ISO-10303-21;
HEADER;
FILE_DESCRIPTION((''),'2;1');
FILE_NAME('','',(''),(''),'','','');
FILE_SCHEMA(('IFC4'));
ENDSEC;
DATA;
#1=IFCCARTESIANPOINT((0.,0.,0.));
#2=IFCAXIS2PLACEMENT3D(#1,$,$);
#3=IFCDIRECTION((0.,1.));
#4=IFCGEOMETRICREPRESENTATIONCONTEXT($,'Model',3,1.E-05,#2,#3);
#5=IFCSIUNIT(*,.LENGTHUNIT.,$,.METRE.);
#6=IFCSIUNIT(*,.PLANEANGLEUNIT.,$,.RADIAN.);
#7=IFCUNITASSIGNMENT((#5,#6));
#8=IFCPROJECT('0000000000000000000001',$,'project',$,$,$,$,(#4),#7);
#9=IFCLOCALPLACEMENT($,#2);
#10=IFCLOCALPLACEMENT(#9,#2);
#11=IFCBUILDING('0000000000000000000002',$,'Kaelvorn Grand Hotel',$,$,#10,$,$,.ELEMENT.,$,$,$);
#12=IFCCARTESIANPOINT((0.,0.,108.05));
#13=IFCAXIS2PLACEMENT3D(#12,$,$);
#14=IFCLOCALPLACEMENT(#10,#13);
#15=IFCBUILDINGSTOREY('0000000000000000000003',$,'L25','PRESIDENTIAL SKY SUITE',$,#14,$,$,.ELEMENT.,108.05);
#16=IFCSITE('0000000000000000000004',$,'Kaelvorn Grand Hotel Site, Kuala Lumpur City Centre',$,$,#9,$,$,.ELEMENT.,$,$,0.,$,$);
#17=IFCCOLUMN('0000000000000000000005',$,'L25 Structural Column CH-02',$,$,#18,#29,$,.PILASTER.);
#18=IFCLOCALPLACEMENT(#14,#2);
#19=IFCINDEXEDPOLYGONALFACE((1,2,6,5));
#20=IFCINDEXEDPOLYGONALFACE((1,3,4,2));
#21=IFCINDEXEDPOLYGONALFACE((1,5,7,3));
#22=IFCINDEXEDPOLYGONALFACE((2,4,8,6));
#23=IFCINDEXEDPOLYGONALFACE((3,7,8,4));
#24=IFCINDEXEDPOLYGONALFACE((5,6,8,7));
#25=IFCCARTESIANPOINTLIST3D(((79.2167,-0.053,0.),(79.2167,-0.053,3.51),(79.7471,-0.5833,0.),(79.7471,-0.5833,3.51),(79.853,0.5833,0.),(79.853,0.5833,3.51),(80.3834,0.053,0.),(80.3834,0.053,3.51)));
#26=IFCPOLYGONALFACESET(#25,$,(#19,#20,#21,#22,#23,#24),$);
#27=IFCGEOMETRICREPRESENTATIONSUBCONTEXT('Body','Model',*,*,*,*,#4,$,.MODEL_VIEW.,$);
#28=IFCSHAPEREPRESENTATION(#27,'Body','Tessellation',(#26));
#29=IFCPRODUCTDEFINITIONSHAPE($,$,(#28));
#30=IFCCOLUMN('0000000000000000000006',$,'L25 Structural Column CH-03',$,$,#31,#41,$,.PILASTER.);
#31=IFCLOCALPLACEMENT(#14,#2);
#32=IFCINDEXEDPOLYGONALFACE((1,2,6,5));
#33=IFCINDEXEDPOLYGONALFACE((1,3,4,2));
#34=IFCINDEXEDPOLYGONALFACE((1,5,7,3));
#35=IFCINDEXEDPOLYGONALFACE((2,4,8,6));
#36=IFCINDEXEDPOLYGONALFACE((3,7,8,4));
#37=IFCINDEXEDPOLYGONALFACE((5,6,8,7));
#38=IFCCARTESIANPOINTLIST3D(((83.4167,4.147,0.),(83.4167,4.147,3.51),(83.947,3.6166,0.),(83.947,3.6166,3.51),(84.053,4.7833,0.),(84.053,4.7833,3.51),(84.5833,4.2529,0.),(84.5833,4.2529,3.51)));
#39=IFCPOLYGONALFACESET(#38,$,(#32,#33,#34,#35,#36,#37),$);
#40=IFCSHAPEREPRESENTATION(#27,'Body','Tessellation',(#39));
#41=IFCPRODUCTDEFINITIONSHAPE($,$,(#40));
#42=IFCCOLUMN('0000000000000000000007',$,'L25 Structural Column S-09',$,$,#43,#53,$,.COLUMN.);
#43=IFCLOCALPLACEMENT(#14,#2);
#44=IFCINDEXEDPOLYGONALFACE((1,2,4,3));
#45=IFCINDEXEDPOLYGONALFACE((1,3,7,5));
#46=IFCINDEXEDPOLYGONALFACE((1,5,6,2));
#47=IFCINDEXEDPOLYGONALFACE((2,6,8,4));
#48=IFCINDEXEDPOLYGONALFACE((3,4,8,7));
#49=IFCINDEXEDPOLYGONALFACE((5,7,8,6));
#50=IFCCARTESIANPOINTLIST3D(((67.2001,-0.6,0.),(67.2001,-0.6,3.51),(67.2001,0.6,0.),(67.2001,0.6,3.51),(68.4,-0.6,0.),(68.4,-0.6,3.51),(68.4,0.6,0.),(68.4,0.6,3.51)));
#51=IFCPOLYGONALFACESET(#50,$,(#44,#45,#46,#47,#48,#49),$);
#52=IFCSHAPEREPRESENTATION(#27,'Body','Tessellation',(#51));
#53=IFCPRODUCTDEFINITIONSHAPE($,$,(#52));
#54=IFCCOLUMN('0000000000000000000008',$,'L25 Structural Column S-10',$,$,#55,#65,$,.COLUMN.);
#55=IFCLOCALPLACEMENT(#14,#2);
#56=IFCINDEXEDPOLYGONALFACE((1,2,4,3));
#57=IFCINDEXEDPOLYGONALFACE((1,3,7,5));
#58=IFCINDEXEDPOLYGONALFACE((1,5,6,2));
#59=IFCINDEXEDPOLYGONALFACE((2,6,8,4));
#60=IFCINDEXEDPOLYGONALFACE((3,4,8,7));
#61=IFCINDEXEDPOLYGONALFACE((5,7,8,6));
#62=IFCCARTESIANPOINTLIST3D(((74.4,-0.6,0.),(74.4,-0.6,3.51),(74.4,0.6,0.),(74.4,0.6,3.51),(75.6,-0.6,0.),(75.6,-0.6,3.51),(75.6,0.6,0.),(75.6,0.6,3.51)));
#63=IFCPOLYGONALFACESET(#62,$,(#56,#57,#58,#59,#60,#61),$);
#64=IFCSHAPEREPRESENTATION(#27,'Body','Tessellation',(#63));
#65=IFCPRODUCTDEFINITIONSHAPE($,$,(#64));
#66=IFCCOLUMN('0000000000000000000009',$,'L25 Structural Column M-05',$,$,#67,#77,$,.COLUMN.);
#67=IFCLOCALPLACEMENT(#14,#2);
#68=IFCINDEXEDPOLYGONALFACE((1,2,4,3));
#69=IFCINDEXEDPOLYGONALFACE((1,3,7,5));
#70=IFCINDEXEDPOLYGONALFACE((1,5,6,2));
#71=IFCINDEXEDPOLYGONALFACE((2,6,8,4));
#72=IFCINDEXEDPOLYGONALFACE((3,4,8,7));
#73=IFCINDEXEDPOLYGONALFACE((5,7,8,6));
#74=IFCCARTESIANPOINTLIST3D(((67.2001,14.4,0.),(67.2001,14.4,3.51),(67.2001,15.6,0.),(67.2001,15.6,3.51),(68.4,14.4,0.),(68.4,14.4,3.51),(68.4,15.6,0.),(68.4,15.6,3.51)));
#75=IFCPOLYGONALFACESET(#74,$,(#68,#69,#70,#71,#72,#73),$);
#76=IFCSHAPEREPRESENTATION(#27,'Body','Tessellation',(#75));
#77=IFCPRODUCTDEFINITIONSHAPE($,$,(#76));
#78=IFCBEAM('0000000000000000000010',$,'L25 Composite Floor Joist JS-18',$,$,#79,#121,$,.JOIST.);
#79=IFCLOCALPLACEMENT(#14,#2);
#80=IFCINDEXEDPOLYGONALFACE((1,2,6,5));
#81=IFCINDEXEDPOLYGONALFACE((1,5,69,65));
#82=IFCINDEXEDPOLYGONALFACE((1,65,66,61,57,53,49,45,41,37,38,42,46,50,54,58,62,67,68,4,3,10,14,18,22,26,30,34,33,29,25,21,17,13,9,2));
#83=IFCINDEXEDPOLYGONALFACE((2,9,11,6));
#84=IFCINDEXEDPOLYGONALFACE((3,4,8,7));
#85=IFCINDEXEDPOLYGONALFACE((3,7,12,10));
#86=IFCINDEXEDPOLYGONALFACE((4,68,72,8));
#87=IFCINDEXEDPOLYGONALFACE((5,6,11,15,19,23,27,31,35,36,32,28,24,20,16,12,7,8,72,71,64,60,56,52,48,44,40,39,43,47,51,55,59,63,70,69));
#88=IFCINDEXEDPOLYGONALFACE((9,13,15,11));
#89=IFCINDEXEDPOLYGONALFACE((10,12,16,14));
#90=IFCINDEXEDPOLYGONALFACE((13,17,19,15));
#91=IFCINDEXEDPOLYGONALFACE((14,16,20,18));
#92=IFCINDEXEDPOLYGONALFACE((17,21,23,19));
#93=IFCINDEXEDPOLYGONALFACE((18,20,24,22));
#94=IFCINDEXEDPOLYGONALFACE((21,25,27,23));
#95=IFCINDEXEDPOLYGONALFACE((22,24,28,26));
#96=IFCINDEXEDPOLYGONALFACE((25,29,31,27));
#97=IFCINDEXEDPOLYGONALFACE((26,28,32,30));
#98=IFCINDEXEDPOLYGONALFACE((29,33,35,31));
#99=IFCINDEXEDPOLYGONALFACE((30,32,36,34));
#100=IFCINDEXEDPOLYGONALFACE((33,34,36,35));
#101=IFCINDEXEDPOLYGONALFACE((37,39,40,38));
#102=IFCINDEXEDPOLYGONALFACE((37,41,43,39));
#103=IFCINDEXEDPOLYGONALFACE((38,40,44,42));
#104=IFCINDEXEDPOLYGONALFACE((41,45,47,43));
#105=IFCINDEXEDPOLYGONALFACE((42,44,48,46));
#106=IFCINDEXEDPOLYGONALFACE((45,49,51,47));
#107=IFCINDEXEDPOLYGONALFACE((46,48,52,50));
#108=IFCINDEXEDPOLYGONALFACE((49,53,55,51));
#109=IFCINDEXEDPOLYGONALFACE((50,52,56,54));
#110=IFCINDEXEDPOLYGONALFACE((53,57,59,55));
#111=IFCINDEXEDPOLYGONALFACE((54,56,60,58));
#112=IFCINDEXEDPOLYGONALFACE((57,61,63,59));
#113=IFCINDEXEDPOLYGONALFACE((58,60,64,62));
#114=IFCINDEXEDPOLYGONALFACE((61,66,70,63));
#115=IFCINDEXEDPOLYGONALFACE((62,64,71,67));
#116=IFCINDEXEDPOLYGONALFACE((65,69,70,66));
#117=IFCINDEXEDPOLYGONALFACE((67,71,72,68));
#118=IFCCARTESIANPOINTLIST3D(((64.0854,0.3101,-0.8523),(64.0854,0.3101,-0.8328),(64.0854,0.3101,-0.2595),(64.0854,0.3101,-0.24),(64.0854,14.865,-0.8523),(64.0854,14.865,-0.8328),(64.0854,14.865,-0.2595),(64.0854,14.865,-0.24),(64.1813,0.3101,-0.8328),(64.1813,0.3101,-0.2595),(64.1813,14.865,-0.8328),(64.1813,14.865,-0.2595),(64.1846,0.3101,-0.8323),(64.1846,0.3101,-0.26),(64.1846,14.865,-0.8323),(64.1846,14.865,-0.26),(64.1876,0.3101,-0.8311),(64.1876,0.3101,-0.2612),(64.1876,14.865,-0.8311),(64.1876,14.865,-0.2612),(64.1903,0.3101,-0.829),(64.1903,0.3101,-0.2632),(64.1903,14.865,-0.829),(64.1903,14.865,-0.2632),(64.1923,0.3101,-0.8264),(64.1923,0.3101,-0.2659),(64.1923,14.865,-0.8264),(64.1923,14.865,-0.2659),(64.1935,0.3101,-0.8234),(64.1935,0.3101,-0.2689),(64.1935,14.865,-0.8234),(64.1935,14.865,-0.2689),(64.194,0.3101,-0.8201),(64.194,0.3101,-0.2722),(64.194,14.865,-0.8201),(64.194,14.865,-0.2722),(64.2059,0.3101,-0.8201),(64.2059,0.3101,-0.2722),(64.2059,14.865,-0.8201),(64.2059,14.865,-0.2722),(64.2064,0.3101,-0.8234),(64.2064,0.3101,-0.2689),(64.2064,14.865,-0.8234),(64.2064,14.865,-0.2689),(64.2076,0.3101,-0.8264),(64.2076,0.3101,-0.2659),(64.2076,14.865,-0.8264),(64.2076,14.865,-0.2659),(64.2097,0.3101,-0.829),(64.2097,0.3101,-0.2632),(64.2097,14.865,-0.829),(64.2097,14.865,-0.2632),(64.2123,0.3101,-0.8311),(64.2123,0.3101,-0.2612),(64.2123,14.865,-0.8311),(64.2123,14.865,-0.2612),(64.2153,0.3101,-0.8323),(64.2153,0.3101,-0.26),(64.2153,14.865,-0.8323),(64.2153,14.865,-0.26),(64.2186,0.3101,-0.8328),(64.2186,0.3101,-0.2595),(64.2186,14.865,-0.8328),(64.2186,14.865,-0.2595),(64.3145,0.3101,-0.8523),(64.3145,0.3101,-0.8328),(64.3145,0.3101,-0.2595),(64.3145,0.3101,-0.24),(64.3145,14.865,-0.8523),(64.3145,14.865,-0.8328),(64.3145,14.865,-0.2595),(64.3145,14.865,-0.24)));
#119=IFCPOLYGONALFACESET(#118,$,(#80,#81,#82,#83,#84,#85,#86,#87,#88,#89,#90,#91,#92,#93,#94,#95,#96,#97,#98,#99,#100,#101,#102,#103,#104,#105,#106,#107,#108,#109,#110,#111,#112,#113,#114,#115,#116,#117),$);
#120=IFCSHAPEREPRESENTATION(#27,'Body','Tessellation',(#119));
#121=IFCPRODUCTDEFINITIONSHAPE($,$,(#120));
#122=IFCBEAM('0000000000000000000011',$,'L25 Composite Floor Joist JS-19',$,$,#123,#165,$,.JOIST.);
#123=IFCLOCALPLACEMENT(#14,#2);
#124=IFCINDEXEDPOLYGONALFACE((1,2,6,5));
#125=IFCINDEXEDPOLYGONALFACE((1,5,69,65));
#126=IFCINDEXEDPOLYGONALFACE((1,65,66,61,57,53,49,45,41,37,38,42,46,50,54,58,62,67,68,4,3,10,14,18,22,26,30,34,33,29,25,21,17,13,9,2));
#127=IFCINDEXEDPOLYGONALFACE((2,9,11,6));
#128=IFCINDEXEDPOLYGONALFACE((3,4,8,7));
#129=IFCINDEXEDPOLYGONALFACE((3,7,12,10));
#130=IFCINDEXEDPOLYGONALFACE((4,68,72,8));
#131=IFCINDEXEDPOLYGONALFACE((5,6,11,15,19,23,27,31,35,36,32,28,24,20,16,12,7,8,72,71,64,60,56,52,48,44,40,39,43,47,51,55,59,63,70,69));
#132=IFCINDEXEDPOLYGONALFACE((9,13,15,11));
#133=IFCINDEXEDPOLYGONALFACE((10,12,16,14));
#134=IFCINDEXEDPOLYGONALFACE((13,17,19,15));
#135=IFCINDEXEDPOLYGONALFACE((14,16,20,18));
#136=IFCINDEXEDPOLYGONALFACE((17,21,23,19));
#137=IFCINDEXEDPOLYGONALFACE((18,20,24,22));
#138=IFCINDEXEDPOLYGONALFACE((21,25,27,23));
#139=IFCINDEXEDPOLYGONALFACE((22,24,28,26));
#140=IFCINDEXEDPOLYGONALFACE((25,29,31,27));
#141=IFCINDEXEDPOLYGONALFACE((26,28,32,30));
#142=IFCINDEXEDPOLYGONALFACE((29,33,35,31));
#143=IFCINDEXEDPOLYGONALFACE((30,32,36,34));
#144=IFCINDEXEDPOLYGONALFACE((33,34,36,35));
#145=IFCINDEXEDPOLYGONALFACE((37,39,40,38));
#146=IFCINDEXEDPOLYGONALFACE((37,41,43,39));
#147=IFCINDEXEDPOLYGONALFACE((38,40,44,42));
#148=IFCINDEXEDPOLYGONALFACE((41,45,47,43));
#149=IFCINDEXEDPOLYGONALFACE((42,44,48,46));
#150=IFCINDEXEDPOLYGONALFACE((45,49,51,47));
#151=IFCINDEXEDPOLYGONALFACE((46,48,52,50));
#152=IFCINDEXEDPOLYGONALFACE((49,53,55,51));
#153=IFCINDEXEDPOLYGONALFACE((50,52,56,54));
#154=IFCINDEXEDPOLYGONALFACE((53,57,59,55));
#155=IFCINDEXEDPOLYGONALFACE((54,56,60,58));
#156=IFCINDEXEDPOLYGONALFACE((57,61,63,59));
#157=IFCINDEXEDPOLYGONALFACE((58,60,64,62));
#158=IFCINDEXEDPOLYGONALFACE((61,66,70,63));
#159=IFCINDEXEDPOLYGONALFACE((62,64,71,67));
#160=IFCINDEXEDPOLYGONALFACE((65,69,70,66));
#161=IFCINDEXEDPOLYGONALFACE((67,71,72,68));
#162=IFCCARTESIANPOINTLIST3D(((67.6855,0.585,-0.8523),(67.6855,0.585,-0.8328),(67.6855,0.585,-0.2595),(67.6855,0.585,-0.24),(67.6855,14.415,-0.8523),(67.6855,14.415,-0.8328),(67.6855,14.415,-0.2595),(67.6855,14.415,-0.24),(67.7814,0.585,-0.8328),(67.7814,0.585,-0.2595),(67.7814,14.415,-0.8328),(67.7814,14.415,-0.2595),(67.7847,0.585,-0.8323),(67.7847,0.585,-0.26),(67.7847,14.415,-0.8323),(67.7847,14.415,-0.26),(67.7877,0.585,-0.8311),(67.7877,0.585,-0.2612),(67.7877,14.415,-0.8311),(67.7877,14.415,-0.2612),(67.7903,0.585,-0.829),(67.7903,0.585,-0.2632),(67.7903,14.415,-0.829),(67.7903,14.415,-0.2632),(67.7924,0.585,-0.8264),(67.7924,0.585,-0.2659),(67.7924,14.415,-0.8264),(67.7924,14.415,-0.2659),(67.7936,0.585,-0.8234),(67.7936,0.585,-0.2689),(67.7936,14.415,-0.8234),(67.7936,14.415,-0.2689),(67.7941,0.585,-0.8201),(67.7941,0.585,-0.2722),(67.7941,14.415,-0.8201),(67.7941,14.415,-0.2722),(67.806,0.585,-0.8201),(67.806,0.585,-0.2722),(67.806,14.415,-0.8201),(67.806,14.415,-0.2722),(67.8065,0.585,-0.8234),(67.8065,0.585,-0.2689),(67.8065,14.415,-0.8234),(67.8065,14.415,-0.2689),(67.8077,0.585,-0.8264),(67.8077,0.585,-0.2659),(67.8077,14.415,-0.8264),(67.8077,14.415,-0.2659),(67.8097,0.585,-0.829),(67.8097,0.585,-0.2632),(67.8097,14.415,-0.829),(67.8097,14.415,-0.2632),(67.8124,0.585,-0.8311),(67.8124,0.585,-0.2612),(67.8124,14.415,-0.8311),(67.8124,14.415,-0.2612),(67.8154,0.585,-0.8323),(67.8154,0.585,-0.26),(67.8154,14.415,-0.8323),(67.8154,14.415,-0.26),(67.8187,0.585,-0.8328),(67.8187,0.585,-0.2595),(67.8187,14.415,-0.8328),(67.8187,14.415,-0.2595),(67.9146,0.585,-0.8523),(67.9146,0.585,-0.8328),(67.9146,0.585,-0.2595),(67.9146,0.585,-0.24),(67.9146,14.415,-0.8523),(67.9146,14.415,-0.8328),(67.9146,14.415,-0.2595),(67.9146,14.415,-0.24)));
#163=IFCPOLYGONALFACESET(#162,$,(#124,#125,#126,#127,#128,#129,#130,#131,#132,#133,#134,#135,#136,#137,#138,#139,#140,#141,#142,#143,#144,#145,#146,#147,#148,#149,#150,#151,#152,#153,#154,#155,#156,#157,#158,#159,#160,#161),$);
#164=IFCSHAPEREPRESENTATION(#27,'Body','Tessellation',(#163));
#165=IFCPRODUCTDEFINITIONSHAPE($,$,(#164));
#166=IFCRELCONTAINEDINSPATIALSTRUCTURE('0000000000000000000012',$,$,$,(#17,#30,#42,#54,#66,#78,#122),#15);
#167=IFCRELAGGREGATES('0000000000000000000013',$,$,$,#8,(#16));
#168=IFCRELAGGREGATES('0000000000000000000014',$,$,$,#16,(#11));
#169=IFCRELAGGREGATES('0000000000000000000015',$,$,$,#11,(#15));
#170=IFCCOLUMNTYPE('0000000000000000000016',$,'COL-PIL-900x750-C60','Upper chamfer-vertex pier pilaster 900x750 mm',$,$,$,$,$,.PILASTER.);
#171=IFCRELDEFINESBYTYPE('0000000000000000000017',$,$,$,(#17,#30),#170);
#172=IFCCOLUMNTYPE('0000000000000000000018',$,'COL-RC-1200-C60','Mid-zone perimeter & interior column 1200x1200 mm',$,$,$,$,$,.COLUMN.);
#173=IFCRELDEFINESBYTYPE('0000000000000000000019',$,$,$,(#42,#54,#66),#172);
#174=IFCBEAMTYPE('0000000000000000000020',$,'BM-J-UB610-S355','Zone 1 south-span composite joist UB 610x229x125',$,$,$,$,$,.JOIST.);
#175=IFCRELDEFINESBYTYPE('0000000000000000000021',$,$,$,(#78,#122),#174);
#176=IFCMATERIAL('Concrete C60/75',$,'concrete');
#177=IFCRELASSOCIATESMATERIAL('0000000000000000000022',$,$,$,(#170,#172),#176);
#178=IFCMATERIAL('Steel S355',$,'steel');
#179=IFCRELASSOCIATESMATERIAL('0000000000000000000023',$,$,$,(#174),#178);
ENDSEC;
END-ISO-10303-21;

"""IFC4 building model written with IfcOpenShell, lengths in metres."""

from ifc_helpers import new_model, si_unit, direction, frame, origin, origin_2d, place, context, subcontext, project, spatial, rectangle, i_section, extrude, material, material_profile, profile_set, type_object, element, save


model = new_model("IFC4")

# Units and contexts
model_context = context("Model", 3, precision=1e-05, world=origin(), true_north=direction((0.0, 1.0)))
body_context = subcontext(model_context, "Body", "Model", "MODEL_VIEW")
ifc_project = project(units=[si_unit("LENGTHUNIT", "METRE"), si_unit("PLANEANGLEUNIT", "RADIAN")], contexts=[model_context])

# Site, building, storey
site_placement = place(None, origin())
site = spatial("IfcSite", under=ifc_project, at=site_placement, Name="Kaelvorn Grand Hotel Site, Kuala Lumpur City Centre", CompositionType="ELEMENT", RefElevation=0.0)
building_placement = place(site_placement, origin())
building = spatial("IfcBuilding", under=site, at=building_placement, Name="Kaelvorn Grand Hotel", CompositionType="ELEMENT")
storey_placement = place(building_placement, frame((0.0, 0.0, 108.05)))
storey = spatial("IfcBuildingStorey", under=building, at=storey_placement, Name="L25", Description="PRESIDENTIAL SKY SUITE", CompositionType="ELEMENT", Elevation=108.05)

# Columns
ifc_material_1 = material(Name="Concrete C60/75", Category="concrete")
ifc_material_profile_1 = material_profile(ifc_material_1, rectangle(XDim=0.8999, YDim=0.75, at=origin_2d()), Name="RC PILASTER 900x750")
ifc_profile_set_1 = profile_set([ifc_material_profile_1], Name="Concrete C60/75")
column_type_1 = type_object("IfcColumnType", Name="COL-PIL-900x750-C60", Description="Upper chamfer-vertex pier pilaster 900x750 mm", PredefinedType="PILASTER", material=ifc_profile_set_1)
for number, where, z_axis, x_axis, name in (
    (1, (79.8, 0.0, 0.0), (0.0, 0.0, 1.0), (0.707107, 0.707107, 0.0), "L25 Structural Column CH-02"),
    (2, (84.0, 4.2, 0.0), (0.0, 0.0, 1.0), (0.707107, 0.707107, 0.0), "L25 Structural Column CH-03"),
):
    element("IfcColumn", number, at=place(storey_placement, frame(where, z_axis=z_axis, x_axis=x_axis)), inside=storey, type_object=column_type_1, Name=name, PredefinedType="PILASTER", context=body_context, shape_type="SweptSolid", body=[
        extrude(rectangle(XDim=0.8999, YDim=0.75, at=origin_2d()), origin(), (0.0, 0.0, 1.0), 3.51),
    ])
ifc_material_profile_2 = material_profile(ifc_material_1, rectangle(XDim=1.2, YDim=1.2, at=origin_2d()), Name="RC COL 1200x1200")
ifc_profile_set_2 = profile_set([ifc_material_profile_2], Name="Concrete C60/75")
column_type_2 = type_object("IfcColumnType", Name="COL-RC-1200-C60", Description="Mid-zone perimeter & interior column 1200x1200 mm", PredefinedType="COLUMN", material=ifc_profile_set_2)
for number, where, z_axis, x_axis, name in (
    (3, (67.8, 0.0, 0.0), (0.0, 0.0, 1.0), (1.0, 0.0, 0.0), "L25 Structural Column S-09"),
    (4, (75.0, 0.0, 0.0), (0.0, 0.0, 1.0), (1.0, 0.0, 0.0), "L25 Structural Column S-10"),
    (5, (67.8, 15.0, 0.0), (0.0, 0.0, 1.0), (1.0, 0.0, 0.0), "L25 Structural Column M-05"),
):
    element("IfcColumn", number, at=place(storey_placement, frame(where, z_axis=z_axis, x_axis=x_axis)), inside=storey, type_object=column_type_2, Name=name, PredefinedType="COLUMN", context=body_context, shape_type="SweptSolid", body=[
        extrude(rectangle(XDim=1.2, YDim=1.2, at=origin_2d()), origin(), (0.0, 0.0, 1.0), 3.51),
    ])

# Beams
ifc_material_2 = material(Name="Steel S355", Category="steel")
ifc_material_profile_3 = material_profile(ifc_material_2, i_section(OverallWidth=0.229, OverallDepth=0.6123, WebThickness=0.012, FlangeThickness=0.0195, FilletRadius=0.0127, at=origin_2d()), Name="UB 610x229x125")
ifc_profile_set_3 = profile_set([ifc_material_profile_3], Name="Steel S355")
beam_type_1 = type_object("IfcBeamType", Name="BM-J-UB610-S355", Description="Zone 1 south-span composite joist UB 610x229x125", PredefinedType="JOIST", material=ifc_profile_set_3)
beam_1_placement = place(storey_placement, frame((64.2, 0.3101, -0.5461), z_axis=(0.0, 1.0, 0.0), x_axis=(-1.0, 0.0, 0.0)))
element("IfcBeam", 6, at=beam_1_placement, inside=storey, type_object=beam_type_1, Name="L25 Composite Floor Joist JS-18", PredefinedType="JOIST", context=body_context, shape_type="SweptSolid", body=[
    extrude(i_section(OverallWidth=0.229, OverallDepth=0.6123, WebThickness=0.012, FlangeThickness=0.0195, FilletRadius=0.0127, at=origin_2d()), origin(), (0.0, 0.0, 1.0), 14.5549),
])
beam_2_placement = place(storey_placement, frame((67.8, 0.585, -0.5461), z_axis=(0.0, 1.0, 0.0), x_axis=(-1.0, 0.0, 0.0)))
element("IfcBeam", 7, at=beam_2_placement, inside=storey, type_object=beam_type_1, Name="L25 Composite Floor Joist JS-19", PredefinedType="JOIST", context=body_context, shape_type="SweptSolid", body=[
    extrude(i_section(OverallWidth=0.229, OverallDepth=0.6123, WebThickness=0.012, FlangeThickness=0.0195, FilletRadius=0.0127, at=origin_2d()), origin(), (0.0, 0.0, 1.0), 13.8301),
])

save(model, "model.ifc")
